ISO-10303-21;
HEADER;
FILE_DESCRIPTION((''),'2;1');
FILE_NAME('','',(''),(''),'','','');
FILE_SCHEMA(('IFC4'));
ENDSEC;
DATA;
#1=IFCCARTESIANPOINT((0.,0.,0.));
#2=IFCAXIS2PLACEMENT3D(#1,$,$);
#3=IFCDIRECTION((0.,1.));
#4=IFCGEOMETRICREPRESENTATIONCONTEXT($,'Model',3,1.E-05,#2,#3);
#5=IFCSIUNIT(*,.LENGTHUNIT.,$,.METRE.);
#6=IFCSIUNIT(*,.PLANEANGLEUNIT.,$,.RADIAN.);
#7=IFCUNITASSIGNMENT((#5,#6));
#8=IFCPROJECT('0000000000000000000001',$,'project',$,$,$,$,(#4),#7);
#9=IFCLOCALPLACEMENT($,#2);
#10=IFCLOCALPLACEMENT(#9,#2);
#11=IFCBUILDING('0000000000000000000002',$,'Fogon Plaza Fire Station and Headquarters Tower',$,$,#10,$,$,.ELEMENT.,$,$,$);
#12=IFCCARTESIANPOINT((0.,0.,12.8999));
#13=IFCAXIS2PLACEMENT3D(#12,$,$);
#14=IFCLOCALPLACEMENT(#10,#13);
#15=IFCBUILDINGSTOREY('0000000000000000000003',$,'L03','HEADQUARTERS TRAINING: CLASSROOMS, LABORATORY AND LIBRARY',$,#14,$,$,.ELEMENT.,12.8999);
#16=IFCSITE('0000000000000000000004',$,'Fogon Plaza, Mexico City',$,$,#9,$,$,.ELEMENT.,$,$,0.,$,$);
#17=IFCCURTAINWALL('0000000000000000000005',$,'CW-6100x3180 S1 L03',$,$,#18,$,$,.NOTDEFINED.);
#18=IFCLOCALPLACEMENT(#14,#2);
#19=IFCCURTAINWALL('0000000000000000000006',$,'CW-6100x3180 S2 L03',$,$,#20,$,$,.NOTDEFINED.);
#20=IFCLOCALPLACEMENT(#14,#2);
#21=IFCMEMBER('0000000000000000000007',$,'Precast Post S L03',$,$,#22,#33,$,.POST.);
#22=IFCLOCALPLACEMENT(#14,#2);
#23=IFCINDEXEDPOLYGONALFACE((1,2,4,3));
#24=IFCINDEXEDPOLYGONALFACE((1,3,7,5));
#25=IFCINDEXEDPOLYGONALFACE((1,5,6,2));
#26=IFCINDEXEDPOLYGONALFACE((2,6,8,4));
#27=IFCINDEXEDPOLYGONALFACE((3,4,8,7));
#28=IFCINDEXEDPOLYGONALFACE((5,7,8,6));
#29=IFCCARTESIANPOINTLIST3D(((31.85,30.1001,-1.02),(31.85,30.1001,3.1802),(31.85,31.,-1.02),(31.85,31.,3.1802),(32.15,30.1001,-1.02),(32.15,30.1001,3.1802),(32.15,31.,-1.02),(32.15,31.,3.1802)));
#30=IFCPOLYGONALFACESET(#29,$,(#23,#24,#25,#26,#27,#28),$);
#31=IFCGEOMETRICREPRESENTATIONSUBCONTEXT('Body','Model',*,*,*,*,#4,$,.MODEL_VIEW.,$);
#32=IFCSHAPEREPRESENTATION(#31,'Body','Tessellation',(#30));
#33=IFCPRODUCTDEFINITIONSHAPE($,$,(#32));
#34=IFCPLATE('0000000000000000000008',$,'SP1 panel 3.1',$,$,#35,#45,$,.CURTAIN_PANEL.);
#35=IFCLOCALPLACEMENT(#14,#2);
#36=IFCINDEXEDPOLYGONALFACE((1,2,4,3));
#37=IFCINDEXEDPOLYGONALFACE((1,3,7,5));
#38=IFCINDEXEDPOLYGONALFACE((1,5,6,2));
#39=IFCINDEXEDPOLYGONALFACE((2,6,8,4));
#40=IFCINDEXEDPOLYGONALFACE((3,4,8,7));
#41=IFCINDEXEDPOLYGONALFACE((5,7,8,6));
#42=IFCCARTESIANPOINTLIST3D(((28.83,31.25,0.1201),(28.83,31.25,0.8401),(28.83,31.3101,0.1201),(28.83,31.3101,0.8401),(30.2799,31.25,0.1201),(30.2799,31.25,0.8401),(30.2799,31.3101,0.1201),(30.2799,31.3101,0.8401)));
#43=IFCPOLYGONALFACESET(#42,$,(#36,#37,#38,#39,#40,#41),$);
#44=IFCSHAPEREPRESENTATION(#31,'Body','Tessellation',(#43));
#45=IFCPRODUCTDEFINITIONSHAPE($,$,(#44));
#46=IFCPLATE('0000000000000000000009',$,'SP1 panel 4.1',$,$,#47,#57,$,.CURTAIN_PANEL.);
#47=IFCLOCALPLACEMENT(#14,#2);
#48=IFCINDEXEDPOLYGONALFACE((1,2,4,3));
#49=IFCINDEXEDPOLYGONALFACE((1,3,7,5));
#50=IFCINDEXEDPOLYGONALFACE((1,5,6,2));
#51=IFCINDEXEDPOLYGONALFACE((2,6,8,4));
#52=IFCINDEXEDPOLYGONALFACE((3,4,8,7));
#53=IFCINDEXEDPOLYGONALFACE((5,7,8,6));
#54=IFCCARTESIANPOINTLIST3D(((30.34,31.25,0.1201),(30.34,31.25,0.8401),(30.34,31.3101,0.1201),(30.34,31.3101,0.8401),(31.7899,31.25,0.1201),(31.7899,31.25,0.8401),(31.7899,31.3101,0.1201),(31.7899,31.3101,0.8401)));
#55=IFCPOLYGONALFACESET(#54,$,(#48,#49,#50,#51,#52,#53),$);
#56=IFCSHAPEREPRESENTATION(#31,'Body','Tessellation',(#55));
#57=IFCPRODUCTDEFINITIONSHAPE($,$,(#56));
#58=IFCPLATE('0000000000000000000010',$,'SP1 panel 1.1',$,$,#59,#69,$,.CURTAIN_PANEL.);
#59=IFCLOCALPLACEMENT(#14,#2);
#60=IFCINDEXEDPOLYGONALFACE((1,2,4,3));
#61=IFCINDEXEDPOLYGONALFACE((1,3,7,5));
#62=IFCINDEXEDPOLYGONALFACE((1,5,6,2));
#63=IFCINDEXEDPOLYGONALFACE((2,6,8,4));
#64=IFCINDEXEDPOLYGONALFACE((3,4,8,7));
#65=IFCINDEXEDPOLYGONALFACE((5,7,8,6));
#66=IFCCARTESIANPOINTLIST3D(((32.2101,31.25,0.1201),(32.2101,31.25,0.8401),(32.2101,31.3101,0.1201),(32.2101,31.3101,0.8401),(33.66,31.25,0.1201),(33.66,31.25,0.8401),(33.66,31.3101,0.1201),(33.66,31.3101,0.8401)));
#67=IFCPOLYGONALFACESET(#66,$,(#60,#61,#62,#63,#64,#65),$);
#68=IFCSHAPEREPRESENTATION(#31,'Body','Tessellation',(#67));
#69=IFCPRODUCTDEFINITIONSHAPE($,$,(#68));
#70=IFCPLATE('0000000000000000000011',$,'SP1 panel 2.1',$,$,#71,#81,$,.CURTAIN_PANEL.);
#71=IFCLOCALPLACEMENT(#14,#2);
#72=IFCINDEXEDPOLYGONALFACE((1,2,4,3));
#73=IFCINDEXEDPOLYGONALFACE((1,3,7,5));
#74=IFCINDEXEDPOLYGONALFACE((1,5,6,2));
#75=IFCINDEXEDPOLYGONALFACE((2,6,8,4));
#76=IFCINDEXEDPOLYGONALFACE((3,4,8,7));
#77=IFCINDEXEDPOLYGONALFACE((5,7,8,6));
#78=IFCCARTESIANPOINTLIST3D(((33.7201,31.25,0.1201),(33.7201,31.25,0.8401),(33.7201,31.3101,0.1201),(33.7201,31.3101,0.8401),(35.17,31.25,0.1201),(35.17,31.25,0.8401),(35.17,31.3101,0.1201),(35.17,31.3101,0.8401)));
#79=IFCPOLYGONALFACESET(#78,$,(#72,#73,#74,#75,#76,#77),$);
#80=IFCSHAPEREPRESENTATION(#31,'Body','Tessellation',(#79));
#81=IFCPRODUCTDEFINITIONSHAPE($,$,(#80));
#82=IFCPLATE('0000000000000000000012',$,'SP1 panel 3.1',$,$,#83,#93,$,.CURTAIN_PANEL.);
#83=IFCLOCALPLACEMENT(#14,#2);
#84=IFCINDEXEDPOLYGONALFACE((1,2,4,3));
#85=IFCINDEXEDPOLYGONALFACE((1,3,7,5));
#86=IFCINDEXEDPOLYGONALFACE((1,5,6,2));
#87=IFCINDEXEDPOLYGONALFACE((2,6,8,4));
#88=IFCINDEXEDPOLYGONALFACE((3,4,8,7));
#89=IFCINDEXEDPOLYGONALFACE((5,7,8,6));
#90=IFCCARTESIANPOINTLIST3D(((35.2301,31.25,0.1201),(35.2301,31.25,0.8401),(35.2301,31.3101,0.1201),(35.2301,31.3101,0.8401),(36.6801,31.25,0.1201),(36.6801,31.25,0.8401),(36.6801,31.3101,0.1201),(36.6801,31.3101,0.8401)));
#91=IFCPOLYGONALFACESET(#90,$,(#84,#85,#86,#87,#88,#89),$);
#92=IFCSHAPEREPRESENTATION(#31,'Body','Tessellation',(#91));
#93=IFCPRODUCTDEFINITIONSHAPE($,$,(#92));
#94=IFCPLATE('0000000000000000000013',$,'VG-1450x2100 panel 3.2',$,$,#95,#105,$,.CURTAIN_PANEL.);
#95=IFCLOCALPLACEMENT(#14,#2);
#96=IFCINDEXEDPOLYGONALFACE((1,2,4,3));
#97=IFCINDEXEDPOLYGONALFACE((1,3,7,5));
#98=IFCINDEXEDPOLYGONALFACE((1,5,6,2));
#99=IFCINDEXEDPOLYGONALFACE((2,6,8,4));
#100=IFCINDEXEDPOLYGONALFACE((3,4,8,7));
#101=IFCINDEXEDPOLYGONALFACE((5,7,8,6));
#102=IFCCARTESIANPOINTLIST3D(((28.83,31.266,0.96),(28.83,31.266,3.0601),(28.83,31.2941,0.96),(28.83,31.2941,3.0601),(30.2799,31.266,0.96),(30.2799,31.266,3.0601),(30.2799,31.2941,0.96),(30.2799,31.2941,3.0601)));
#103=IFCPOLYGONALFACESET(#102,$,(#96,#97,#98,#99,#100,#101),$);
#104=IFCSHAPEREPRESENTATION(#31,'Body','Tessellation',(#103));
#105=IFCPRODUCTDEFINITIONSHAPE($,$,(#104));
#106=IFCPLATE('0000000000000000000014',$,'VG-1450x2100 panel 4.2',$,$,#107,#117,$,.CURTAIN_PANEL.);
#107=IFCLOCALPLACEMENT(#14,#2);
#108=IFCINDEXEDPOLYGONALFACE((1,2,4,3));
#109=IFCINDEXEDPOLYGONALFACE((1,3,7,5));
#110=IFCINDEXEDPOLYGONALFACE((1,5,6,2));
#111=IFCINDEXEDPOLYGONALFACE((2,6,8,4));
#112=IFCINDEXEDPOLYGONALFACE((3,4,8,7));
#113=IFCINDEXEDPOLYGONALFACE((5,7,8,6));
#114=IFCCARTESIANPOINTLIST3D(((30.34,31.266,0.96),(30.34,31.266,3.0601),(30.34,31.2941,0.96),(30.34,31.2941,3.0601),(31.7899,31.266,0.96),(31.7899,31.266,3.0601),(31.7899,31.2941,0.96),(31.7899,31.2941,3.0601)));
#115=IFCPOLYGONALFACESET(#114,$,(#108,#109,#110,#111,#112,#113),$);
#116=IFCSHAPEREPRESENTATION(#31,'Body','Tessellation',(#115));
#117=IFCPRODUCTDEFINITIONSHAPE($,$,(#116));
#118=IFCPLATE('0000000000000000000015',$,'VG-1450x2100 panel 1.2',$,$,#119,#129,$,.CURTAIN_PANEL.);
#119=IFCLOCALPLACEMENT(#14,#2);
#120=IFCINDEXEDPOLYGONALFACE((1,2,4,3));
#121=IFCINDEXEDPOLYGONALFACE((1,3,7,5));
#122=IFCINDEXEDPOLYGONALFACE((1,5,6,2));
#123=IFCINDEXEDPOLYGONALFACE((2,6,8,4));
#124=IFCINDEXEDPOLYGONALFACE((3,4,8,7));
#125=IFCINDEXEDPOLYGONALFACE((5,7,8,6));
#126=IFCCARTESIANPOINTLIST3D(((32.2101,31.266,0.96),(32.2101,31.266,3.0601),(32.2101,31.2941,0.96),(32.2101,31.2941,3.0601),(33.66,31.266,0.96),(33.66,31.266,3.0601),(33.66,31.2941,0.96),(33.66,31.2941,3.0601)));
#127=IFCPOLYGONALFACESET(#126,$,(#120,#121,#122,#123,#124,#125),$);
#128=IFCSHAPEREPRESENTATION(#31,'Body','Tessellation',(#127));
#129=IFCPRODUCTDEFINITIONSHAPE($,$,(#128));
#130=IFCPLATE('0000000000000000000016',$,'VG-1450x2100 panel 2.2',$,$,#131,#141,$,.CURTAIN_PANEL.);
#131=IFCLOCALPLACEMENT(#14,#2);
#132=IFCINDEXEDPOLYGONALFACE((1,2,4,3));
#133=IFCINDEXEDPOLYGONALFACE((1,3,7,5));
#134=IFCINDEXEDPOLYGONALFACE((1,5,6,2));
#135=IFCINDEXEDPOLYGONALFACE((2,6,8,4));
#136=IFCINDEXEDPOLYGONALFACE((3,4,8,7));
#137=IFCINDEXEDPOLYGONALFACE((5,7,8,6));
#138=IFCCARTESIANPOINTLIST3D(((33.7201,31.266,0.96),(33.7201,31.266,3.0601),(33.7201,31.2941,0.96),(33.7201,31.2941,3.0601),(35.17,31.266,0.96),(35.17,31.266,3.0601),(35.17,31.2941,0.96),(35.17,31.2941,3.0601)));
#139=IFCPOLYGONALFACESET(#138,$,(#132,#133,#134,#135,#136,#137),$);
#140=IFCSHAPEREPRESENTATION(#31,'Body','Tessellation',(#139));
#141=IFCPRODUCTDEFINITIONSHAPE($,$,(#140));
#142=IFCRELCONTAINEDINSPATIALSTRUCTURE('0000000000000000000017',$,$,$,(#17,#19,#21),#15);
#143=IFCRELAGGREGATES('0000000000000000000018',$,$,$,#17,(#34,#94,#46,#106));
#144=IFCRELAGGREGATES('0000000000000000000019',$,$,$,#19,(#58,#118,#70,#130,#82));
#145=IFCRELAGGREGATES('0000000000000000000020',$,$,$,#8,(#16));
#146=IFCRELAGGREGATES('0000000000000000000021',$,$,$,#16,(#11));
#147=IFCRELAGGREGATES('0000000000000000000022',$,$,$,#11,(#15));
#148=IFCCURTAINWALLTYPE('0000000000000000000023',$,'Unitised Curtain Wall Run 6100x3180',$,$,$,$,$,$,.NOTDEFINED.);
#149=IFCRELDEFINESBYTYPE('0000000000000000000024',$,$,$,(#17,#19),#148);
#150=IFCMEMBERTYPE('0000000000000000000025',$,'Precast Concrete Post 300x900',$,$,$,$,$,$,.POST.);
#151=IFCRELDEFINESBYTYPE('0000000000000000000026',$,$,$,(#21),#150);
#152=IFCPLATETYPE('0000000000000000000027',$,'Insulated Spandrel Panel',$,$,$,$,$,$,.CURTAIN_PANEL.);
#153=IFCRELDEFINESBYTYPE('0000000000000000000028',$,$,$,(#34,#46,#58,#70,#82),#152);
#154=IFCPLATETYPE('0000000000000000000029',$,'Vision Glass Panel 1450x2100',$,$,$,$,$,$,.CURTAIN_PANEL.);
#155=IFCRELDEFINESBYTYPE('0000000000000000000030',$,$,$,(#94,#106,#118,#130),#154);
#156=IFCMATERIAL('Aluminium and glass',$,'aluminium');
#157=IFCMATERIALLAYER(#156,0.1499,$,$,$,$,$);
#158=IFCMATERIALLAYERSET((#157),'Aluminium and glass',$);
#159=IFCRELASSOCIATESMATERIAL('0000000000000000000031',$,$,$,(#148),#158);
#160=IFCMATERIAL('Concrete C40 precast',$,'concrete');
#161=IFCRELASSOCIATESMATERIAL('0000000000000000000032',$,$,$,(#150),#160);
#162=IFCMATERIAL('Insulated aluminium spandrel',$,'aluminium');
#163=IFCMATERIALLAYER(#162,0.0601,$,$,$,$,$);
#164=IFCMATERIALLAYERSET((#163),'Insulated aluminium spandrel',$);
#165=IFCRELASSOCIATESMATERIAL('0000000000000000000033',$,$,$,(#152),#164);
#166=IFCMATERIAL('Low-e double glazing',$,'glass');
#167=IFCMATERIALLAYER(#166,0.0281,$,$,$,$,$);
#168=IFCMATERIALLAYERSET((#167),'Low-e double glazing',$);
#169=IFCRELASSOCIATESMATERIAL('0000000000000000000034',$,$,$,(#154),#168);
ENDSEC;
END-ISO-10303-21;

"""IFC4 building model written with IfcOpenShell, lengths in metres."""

from ifc_helpers import new_model, si_unit, direction, frame, origin, origin_2d, place, context, subcontext, project, spatial, rectangle, extrude, material, layer, layer_set, material_profile, profile_set, type_object, element, aggregate, save


model = new_model("IFC4")

# Units and contexts
model_context = context("Model", 3, precision=1e-05, world=origin(), true_north=direction((0.0, 1.0)))
body_context = subcontext(model_context, "Body", "Model", "MODEL_VIEW")
ifc_project = project(units=[si_unit("LENGTHUNIT", "METRE"), si_unit("PLANEANGLEUNIT", "RADIAN")], contexts=[model_context])

# Site, building, storey
site_placement = place(None, origin())
site = spatial("IfcSite", under=ifc_project, at=site_placement, Name="Fogon Plaza, Mexico City", CompositionType="ELEMENT", RefElevation=0.0)
building_placement = place(site_placement, origin())
building = spatial("IfcBuilding", under=site, at=building_placement, Name="Fogon Plaza Fire Station and Headquarters Tower", CompositionType="ELEMENT")
storey_placement = place(building_placement, frame((0.0, 0.0, 12.8999)))
storey = spatial("IfcBuildingStorey", under=building, at=storey_placement, Name="L03", Description="HEADQUARTERS TRAINING: CLASSROOMS, LABORATORY AND LIBRARY", CompositionType="ELEMENT", Elevation=12.8999)

# Curtain walls
ifc_material_1 = material(Name="Aluminium and glass", Category="aluminium")
ifc_layer_1 = layer(ifc_material_1, 0.1499)
ifc_layer_set_1 = layer_set([ifc_layer_1], Name="Aluminium and glass")
curtain_wall_type = type_object("IfcCurtainWallType", Name="Unitised Curtain Wall Run 6100x3180", PredefinedType="NOTDEFINED", material=ifc_layer_set_1)
curtain_wall_1_placement = place(storey_placement, origin())
curtain_wall_1 = element("IfcCurtainWall", 1, at=curtain_wall_1_placement, inside=storey, type_object=curtain_wall_type, Name="CW-6100x3180 S1 L03", PredefinedType="NOTDEFINED")
curtain_wall_2_placement = place(storey_placement, origin())
curtain_wall_2 = element("IfcCurtainWall", 2, at=curtain_wall_2_placement, inside=storey, type_object=curtain_wall_type, Name="CW-6100x3180 S2 L03", PredefinedType="NOTDEFINED")

# Member
ifc_material_2 = material(Name="Concrete C40 precast", Category="concrete")
ifc_material_profile_1 = material_profile(ifc_material_2, rectangle(XDim=0.3, YDim=0.8999, at=origin_2d()), Name="Precast Concrete Post 300x900")
ifc_profile_set_1 = profile_set([ifc_material_profile_1], Name="Concrete C40 precast")
member_type_1 = type_object("IfcMemberType", Name="Precast Concrete Post 300x900", PredefinedType="POST", material=ifc_profile_set_1)
member_1_placement = place(storey_placement, frame((32.0, 30.55, -1.02), z_axis=(0.0, 0.0, 1.0), x_axis=(1.0, 0.0, 0.0)))
element("IfcMember", 3, at=member_1_placement, inside=storey, type_object=member_type_1, Name="Precast Post S L03", PredefinedType="POST", context=body_context, shape_type="SweptSolid", body=[
    extrude(rectangle(XDim=0.3, YDim=0.8999, at=origin_2d()), origin(), (0.0, 0.0, 1.0), 4.2002),
])

# Plates
ifc_material_3 = material(Name="Insulated aluminium spandrel", Category="aluminium")
ifc_layer_2 = layer(ifc_material_3, 0.0601)
ifc_layer_set_2 = layer_set([ifc_layer_2], Name="Insulated aluminium spandrel")
plate_type_1 = type_object("IfcPlateType", Name="Insulated Spandrel Panel", PredefinedType="CURTAIN_PANEL", material=ifc_layer_set_2)
plate_1_placement = place(storey_placement, frame((29.5549, 31.28, 0.1201), z_axis=(0.0, 0.0, 1.0), x_axis=(1.0, 0.0, 0.0)))
plate_1 = element("IfcPlate", 4, at=plate_1_placement, type_object=plate_type_1, Name="SP1 panel 3.1", PredefinedType="CURTAIN_PANEL", context=body_context, shape_type="SweptSolid", body=[
    extrude(rectangle(XDim=1.45, YDim=0.0601, at=origin_2d()), origin(), (0.0, 0.0, 1.0), 0.72),
])
plate_2_placement = place(storey_placement, frame((31.0649, 31.28, 0.1201), z_axis=(0.0, 0.0, 1.0), x_axis=(1.0, 0.0, 0.0)))
plate_2 = element("IfcPlate", 5, at=plate_2_placement, type_object=plate_type_1, Name="SP1 panel 4.1", PredefinedType="CURTAIN_PANEL", context=body_context, shape_type="SweptSolid", body=[
    extrude(rectangle(XDim=1.45, YDim=0.0601, at=origin_2d()), origin(), (0.0, 0.0, 1.0), 0.72),
])
plate_3_placement = place(storey_placement, frame((32.9351, 31.28, 0.1201), z_axis=(0.0, 0.0, 1.0), x_axis=(1.0, 0.0, 0.0)))
plate_3 = element("IfcPlate", 6, at=plate_3_placement, type_object=plate_type_1, Name="SP1 panel 1.1", PredefinedType="CURTAIN_PANEL", context=body_context, shape_type="SweptSolid", body=[
    extrude(rectangle(XDim=1.45, YDim=0.0601, at=origin_2d()), origin(), (0.0, 0.0, 1.0), 0.72),
])
plate_4_placement = place(storey_placement, frame((34.4451, 31.28, 0.1201), z_axis=(0.0, 0.0, 1.0), x_axis=(1.0, 0.0, 0.0)))
plate_4 = element("IfcPlate", 7, at=plate_4_placement, type_object=plate_type_1, Name="SP1 panel 2.1", PredefinedType="CURTAIN_PANEL", context=body_context, shape_type="SweptSolid", body=[
    extrude(rectangle(XDim=1.45, YDim=0.0601, at=origin_2d()), origin(), (0.0, 0.0, 1.0), 0.72),
])
plate_5_placement = place(storey_placement, frame((35.9551, 31.28, 0.1201), z_axis=(0.0, 0.0, 1.0), x_axis=(1.0, 0.0, 0.0)))
plate_5 = element("IfcPlate", 8, at=plate_5_placement, type_object=plate_type_1, Name="SP1 panel 3.1", PredefinedType="CURTAIN_PANEL", context=body_context, shape_type="SweptSolid", body=[
    extrude(rectangle(XDim=1.45, YDim=0.0601, at=origin_2d()), origin(), (0.0, 0.0, 1.0), 0.72),
])
ifc_material_4 = material(Name="Low-e double glazing", Category="glass")
ifc_layer_3 = layer(ifc_material_4, 0.0281)
ifc_layer_set_3 = layer_set([ifc_layer_3], Name="Low-e double glazing")
plate_type_2 = type_object("IfcPlateType", Name="Vision Glass Panel 1450x2100", PredefinedType="CURTAIN_PANEL", material=ifc_layer_set_3)
plate_6_placement = place(storey_placement, frame((29.5549, 31.28, 0.96), z_axis=(0.0, 0.0, 1.0), x_axis=(1.0, 0.0, 0.0)))
plate_6 = element("IfcPlate", 9, at=plate_6_placement, type_object=plate_type_2, Name="VG-1450x2100 panel 3.2", PredefinedType="CURTAIN_PANEL", context=body_context, shape_type="SweptSolid", body=[
    extrude(rectangle(XDim=1.45, YDim=0.0281, at=origin_2d()), origin(), (0.0, 0.0, 1.0), 2.1001),
])
plate_7_placement = place(storey_placement, frame((31.0649, 31.28, 0.96), z_axis=(0.0, 0.0, 1.0), x_axis=(1.0, 0.0, 0.0)))
plate_7 = element("IfcPlate", 10, at=plate_7_placement, type_object=plate_type_2, Name="VG-1450x2100 panel 4.2", PredefinedType="CURTAIN_PANEL", context=body_context, shape_type="SweptSolid", body=[
    extrude(rectangle(XDim=1.45, YDim=0.0281, at=origin_2d()), origin(), (0.0, 0.0, 1.0), 2.1001),
])
aggregate(curtain_wall_1, [plate_1, plate_6, plate_2, plate_7])
plate_8_placement = place(storey_placement, frame((32.9351, 31.28, 0.96), z_axis=(0.0, 0.0, 1.0), x_axis=(1.0, 0.0, 0.0)))
plate_8 = element("IfcPlate", 11, at=plate_8_placement, type_object=plate_type_2, Name="VG-1450x2100 panel 1.2", PredefinedType="CURTAIN_PANEL", context=body_context, shape_type="SweptSolid", body=[
    extrude(rectangle(XDim=1.45, YDim=0.0281, at=origin_2d()), origin(), (0.0, 0.0, 1.0), 2.1001),
])
plate_9_placement = place(storey_placement, frame((34.4451, 31.28, 0.96), z_axis=(0.0, 0.0, 1.0), x_axis=(1.0, 0.0, 0.0)))
plate_9 = element("IfcPlate", 12, at=plate_9_placement, type_object=plate_type_2, Name="VG-1450x2100 panel 2.2", PredefinedType="CURTAIN_PANEL", context=body_context, shape_type="SweptSolid", body=[
    extrude(rectangle(XDim=1.45, YDim=0.0281, at=origin_2d()), origin(), (0.0, 0.0, 1.0), 2.1001),
])
aggregate(curtain_wall_2, [plate_3, plate_8, plate_4, plate_9, plate_5])

save(model, "model.ifc")
